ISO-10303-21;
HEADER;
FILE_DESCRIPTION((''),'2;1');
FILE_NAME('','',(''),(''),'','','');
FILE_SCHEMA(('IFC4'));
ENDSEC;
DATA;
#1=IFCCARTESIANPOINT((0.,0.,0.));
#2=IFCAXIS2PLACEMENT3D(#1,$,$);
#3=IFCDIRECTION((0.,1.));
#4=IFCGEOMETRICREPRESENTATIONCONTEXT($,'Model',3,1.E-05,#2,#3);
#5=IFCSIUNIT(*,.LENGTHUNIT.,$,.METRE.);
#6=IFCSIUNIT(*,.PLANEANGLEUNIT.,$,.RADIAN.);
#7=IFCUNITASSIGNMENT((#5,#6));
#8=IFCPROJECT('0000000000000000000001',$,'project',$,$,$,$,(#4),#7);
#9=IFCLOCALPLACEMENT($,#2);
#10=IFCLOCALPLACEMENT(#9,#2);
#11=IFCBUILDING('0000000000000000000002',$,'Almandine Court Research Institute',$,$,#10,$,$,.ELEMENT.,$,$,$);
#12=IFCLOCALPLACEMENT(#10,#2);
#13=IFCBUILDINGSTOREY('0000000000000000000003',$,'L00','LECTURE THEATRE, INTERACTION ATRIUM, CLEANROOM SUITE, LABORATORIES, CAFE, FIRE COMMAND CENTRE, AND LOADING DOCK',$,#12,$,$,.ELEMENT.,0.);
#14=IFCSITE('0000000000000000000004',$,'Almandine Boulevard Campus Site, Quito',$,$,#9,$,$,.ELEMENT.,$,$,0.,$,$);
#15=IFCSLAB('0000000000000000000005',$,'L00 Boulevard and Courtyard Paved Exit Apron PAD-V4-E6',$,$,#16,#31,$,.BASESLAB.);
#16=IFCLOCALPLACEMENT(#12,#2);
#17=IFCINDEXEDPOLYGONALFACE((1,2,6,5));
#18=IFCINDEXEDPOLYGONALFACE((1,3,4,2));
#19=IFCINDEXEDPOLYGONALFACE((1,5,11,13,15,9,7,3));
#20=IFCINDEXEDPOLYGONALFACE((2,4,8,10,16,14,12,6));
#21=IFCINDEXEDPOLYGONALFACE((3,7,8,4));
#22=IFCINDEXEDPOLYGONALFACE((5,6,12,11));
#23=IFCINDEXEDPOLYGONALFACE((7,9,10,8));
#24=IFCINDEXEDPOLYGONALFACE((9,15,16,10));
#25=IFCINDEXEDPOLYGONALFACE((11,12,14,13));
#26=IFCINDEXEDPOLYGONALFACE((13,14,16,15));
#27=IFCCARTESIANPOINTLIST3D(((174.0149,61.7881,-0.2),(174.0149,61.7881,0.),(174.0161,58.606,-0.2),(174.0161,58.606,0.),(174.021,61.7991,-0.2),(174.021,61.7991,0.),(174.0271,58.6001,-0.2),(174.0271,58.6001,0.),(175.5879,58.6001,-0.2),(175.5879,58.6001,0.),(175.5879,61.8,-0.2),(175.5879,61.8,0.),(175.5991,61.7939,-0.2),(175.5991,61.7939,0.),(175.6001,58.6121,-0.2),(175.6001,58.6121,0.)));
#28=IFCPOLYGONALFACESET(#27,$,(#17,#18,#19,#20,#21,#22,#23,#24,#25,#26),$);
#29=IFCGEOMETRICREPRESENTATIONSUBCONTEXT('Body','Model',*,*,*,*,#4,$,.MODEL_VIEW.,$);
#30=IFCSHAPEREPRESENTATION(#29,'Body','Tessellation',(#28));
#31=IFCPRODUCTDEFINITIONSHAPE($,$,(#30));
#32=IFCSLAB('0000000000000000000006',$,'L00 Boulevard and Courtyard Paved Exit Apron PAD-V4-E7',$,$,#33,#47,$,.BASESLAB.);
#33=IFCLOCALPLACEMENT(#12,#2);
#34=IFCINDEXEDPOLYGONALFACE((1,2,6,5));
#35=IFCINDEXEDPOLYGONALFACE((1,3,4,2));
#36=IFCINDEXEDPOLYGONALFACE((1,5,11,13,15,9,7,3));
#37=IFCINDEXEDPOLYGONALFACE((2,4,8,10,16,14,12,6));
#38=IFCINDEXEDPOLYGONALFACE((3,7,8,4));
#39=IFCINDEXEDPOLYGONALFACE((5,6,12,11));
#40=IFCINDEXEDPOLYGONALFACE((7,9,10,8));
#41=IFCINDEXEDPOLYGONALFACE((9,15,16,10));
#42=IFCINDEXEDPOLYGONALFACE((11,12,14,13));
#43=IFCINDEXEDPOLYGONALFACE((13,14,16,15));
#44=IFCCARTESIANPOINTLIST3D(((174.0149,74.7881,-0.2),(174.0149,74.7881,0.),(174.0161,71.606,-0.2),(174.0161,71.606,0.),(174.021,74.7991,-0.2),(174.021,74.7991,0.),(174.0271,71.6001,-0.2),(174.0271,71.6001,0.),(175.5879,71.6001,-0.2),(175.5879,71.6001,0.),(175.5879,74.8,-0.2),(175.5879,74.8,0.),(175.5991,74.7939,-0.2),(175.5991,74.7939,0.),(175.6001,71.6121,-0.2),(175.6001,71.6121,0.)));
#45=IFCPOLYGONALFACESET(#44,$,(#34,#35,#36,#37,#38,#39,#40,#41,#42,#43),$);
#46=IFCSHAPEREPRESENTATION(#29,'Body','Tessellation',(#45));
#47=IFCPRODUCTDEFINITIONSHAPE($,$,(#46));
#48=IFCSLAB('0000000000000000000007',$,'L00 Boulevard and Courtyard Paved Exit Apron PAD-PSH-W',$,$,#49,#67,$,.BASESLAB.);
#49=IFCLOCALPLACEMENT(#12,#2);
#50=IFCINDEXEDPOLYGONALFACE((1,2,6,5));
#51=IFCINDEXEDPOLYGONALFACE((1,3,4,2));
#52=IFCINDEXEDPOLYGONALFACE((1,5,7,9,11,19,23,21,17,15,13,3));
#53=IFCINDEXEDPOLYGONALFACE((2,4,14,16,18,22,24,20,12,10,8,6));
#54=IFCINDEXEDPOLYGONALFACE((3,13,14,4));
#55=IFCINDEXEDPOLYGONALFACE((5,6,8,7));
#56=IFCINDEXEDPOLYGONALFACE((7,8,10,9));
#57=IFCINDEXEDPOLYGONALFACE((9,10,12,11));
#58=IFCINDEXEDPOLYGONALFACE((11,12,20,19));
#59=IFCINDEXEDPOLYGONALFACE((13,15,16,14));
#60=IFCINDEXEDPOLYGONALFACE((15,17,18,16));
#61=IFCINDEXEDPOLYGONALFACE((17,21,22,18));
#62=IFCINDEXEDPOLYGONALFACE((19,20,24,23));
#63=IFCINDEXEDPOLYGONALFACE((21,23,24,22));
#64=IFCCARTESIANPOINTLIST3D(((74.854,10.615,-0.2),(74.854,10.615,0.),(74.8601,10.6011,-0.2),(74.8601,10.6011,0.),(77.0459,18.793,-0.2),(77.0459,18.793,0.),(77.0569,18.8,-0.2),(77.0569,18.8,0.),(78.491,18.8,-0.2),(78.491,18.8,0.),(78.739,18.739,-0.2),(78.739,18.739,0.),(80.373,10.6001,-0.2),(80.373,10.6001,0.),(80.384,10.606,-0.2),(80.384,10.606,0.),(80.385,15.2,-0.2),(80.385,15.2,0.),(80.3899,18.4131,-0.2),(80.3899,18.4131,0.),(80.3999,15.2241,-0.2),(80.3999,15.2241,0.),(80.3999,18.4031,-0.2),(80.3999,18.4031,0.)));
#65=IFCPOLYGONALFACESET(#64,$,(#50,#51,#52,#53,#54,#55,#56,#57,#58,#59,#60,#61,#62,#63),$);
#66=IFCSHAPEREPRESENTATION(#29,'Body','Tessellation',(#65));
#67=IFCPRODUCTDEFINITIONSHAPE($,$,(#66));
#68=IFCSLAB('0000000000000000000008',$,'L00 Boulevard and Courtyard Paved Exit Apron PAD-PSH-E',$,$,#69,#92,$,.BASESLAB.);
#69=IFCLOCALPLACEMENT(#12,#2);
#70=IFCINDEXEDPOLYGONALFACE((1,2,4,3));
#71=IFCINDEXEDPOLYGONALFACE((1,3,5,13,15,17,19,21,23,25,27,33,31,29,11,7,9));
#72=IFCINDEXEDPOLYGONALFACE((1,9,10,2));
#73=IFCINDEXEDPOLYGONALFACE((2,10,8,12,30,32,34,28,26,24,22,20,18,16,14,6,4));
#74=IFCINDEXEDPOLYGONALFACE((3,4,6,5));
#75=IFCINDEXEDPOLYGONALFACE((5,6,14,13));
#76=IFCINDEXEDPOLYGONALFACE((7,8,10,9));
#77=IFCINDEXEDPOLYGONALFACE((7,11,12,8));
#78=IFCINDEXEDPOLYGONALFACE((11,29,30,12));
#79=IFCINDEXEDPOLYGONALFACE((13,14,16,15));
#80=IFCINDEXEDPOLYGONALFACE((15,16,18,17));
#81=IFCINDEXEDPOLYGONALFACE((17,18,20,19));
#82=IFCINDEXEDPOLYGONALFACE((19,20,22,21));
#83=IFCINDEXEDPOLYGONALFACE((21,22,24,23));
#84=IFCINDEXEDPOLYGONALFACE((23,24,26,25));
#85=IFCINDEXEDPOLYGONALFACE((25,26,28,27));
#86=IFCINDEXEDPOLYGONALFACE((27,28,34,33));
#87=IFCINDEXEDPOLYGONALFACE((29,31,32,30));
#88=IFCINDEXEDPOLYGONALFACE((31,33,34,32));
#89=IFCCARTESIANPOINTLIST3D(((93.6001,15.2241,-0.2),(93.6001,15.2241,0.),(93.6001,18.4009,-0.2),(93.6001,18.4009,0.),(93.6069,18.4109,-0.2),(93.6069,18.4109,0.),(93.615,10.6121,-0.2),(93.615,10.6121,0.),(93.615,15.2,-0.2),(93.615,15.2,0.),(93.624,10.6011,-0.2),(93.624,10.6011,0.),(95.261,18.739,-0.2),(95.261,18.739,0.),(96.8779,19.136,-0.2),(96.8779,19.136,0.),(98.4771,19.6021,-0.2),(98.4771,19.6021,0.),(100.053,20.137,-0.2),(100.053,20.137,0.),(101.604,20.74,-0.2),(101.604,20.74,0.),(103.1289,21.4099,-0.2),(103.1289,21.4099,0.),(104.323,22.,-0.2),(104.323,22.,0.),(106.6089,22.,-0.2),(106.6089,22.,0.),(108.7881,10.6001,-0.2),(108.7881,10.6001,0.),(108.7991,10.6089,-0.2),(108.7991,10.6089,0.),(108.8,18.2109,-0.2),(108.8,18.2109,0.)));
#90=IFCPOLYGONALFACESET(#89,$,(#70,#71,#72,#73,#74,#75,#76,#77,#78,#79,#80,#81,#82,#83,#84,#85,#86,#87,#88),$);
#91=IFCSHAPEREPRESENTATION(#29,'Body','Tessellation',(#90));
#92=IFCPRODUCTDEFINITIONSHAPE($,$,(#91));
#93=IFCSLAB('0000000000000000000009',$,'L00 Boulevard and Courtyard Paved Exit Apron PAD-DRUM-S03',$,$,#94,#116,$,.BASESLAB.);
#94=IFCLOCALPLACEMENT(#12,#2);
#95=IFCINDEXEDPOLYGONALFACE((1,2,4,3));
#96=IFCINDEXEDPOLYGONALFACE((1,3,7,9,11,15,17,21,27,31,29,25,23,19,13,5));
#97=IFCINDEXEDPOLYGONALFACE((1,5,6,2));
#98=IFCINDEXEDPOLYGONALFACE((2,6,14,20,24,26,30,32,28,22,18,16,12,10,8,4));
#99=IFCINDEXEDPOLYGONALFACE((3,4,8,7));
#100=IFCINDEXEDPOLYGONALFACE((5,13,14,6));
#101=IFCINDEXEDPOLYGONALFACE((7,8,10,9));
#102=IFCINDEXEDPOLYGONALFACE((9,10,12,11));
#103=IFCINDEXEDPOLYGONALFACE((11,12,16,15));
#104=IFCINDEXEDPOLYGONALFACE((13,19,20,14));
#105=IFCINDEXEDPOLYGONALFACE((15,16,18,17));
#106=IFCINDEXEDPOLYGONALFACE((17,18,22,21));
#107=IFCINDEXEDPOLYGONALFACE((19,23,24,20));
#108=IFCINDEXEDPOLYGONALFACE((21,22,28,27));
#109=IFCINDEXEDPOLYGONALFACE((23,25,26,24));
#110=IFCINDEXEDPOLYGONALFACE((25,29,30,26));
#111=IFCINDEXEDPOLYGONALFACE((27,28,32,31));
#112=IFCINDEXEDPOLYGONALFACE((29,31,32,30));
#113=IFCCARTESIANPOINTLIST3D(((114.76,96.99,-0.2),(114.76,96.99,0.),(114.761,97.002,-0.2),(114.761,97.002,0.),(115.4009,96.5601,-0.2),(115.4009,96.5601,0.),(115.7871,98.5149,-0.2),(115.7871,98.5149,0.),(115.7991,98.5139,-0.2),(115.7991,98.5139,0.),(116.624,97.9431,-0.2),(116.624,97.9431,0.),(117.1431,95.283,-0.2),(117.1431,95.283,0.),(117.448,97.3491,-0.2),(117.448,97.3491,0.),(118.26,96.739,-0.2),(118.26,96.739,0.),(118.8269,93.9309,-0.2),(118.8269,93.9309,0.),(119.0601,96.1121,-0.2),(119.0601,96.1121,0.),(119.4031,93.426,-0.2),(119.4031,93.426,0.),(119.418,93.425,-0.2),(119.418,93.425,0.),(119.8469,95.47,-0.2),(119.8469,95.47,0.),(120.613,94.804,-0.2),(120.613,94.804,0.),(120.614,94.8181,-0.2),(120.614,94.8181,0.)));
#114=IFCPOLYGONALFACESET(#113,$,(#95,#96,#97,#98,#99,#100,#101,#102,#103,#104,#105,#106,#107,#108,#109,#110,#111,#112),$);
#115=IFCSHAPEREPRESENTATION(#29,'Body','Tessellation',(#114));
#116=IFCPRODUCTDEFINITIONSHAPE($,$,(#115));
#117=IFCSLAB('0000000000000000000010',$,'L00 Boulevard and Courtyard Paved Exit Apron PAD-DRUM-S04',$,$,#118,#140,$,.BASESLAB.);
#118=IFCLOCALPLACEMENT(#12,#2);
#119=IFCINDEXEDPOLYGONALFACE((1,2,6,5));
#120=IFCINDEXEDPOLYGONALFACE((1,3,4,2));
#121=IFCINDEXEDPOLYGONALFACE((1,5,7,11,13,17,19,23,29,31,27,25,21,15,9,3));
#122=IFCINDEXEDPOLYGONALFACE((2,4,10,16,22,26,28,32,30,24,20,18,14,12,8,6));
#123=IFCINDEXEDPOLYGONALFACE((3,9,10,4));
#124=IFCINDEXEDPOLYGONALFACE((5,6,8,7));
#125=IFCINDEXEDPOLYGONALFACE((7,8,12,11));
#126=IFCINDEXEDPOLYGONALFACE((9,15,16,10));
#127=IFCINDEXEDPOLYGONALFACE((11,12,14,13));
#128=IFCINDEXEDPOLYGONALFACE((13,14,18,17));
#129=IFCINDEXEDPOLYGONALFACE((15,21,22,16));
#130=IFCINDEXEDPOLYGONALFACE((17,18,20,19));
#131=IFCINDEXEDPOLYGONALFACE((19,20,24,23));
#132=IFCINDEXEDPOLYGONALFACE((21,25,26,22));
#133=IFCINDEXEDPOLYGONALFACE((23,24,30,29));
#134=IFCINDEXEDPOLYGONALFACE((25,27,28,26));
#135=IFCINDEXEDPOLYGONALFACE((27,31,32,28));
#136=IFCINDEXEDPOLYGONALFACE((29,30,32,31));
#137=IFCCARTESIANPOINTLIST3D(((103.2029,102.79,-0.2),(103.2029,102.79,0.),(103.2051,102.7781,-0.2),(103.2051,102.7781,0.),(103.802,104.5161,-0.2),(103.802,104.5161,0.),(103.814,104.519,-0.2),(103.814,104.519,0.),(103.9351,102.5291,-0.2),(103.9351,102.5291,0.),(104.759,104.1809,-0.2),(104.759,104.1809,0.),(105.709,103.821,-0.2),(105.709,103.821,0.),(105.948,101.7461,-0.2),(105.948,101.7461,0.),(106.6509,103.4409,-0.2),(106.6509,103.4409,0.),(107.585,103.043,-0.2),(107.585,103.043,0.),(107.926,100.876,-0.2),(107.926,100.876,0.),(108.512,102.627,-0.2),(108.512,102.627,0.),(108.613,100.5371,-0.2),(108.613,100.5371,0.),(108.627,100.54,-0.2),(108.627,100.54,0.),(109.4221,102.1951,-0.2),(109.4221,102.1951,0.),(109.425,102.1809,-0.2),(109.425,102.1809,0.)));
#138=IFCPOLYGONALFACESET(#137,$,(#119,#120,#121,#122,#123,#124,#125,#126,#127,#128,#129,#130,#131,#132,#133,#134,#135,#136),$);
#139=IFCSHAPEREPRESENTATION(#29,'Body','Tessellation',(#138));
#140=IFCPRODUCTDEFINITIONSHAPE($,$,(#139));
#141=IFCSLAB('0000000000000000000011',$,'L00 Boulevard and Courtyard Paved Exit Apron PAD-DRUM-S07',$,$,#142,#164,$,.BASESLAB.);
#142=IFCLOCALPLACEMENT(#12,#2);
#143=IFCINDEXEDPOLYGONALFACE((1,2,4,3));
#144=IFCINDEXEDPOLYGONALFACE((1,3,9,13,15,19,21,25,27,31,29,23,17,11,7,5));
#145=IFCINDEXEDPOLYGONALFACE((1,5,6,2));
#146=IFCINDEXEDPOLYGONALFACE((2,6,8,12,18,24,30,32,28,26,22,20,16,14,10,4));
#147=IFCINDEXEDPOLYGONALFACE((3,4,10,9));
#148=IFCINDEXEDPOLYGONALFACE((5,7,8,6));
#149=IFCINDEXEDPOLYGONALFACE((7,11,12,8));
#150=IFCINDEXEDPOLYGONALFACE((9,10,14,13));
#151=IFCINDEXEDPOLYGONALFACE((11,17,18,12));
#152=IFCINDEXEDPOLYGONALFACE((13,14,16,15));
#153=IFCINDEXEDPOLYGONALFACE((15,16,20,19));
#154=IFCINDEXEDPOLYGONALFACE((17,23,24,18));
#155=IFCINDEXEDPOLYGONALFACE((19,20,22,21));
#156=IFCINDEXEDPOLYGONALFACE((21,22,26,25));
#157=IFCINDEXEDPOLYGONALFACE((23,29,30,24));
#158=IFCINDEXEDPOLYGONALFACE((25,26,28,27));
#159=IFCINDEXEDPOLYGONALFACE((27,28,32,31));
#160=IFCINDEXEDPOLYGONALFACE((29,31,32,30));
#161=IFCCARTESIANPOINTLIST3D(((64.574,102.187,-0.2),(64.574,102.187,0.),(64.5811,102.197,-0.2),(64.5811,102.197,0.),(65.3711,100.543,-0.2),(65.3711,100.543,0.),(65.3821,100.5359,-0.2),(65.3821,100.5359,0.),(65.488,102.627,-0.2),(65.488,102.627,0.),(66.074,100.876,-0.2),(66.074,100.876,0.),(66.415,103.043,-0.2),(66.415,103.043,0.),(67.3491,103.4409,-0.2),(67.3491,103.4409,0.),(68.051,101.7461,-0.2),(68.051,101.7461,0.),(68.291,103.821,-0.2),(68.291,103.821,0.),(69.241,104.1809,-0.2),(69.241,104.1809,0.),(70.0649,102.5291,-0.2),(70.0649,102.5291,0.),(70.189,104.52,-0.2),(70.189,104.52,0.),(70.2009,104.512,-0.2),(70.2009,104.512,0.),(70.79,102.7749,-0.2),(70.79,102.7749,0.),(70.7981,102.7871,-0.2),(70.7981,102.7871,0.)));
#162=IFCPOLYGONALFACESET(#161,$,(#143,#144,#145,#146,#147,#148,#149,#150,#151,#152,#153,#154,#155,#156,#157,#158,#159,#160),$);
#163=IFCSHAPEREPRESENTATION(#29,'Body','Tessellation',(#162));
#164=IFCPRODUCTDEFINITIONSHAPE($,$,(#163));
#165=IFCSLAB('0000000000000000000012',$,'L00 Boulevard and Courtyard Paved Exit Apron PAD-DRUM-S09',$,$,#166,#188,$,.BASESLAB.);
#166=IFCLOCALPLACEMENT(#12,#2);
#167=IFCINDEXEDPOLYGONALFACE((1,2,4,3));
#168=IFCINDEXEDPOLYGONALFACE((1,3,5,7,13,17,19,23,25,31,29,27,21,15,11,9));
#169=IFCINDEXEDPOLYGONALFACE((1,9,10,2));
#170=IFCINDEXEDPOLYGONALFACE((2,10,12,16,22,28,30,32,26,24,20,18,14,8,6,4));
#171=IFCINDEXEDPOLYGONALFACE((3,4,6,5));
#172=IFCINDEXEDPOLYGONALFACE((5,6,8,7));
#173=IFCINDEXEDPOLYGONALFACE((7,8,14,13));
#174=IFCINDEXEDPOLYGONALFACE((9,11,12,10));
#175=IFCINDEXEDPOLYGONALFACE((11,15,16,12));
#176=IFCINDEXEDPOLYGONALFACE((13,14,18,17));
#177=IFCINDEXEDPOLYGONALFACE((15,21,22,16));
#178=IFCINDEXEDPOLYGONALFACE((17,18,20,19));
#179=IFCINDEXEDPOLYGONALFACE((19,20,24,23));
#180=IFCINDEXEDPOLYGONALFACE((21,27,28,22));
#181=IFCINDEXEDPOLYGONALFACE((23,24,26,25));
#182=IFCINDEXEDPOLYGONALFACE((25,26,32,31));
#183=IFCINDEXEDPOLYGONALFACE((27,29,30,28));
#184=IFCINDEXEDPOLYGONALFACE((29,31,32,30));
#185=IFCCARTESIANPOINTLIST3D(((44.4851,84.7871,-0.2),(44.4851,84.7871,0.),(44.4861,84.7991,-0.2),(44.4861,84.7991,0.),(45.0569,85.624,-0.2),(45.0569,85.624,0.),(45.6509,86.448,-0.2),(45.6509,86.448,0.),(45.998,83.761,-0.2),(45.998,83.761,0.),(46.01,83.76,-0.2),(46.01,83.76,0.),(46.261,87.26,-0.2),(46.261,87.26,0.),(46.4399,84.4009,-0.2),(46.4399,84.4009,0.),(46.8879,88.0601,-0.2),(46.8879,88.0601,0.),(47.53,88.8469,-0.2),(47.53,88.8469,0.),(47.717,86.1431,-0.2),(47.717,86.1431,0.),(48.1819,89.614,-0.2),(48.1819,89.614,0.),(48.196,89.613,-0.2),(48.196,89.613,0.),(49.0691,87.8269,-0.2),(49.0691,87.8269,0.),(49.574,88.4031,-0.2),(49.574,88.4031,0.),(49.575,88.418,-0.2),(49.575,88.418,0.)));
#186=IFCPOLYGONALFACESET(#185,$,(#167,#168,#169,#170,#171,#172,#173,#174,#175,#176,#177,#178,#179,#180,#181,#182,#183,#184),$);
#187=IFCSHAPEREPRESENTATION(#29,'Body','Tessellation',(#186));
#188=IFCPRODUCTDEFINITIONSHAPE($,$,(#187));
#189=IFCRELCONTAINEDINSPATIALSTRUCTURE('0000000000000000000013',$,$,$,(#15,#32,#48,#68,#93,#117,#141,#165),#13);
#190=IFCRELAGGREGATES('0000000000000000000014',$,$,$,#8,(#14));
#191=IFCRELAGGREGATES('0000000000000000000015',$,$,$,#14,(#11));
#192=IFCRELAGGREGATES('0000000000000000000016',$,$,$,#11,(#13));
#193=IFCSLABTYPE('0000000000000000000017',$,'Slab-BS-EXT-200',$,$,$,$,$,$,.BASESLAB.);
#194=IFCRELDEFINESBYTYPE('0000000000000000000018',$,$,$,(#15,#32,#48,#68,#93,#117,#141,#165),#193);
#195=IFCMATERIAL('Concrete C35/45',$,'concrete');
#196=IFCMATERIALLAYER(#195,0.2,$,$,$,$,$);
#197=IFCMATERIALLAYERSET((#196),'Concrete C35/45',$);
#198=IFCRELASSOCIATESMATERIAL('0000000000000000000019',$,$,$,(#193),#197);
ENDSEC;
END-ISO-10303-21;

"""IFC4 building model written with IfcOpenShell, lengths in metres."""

from ifc_helpers import new_model, si_unit, direction, frame, origin, place, context, subcontext, project, spatial, polyline, outline, extrude, material, layer, layer_set, type_object, element, save


model = new_model("IFC4")

# Units and contexts
model_context = context("Model", 3, precision=1e-05, world=origin(), true_north=direction((0.0, 1.0)))
body_context = subcontext(model_context, "Body", "Model", "MODEL_VIEW")
ifc_project = project(units=[si_unit("LENGTHUNIT", "METRE"), si_unit("PLANEANGLEUNIT", "RADIAN")], contexts=[model_context])

# Site, building, storey
site_placement = place(None, origin())
site = spatial("IfcSite", under=ifc_project, at=site_placement, Name="Almandine Boulevard Campus Site, Quito", CompositionType="ELEMENT", RefElevation=0.0)
building_placement = place(site_placement, origin())
building = spatial("IfcBuilding", under=site, at=building_placement, Name="Almandine Court Research Institute", CompositionType="ELEMENT")
storey_placement = place(building_placement, origin())
storey = spatial("IfcBuildingStorey", under=building, at=storey_placement, Name="L00", Description="LECTURE THEATRE, INTERACTION ATRIUM, CLEANROOM SUITE, LABORATORIES, CAFE, FIRE COMMAND CENTRE, AND LOADING DOCK", CompositionType="ELEMENT", Elevation=0.0)

# Slabs
ifc_material = material(Name="Concrete C35/45", Category="concrete")
ifc_layer_1 = layer(ifc_material, 0.2)
ifc_layer_set_1 = layer_set([ifc_layer_1], Name="Concrete C35/45")
slab_type_1 = type_object("IfcSlabType", Name="Slab-BS-EXT-200", PredefinedType="BASESLAB", material=ifc_layer_set_1)
slab_1_placement = place(storey_placement, frame((0.0, 0.0, -0.2)))
element("IfcSlab", 1, at=slab_1_placement, inside=storey, type_object=slab_type_1, Name="L00 Boulevard and Courtyard Paved Exit Apron PAD-V4-E6", PredefinedType="BASESLAB", context=body_context, shape_type="SweptSolid", body=[
    extrude(outline(polyline([(175.6001, 58.6121), (175.5879, 58.6001), (174.0271, 58.6001), (174.0161, 58.606), (174.0149, 61.7881), (174.021, 61.7991), (175.5879, 61.8), (175.5991, 61.7939), (175.6001, 58.6121)])), origin(), (0.0, 0.0, 1.0), 0.2),
])
slab_2_placement = place(storey_placement, frame((0.0, 0.0, -0.2)))
element("IfcSlab", 2, at=slab_2_placement, inside=storey, type_object=slab_type_1, Name="L00 Boulevard and Courtyard Paved Exit Apron PAD-V4-E7", PredefinedType="BASESLAB", context=body_context, shape_type="SweptSolid", body=[
    extrude(outline(polyline([(175.6001, 71.6121), (175.5879, 71.6001), (174.0271, 71.6001), (174.0161, 71.606), (174.0149, 74.7881), (174.021, 74.7991), (175.5879, 74.8), (175.5991, 74.7939), (175.6001, 71.6121)])), origin(), (0.0, 0.0, 1.0), 0.2),
])
slab_3_placement = place(storey_placement, frame((0.0, 0.0, -0.2)))
element("IfcSlab", 3, at=slab_3_placement, inside=storey, type_object=slab_type_1, Name="L00 Boulevard and Courtyard Paved Exit Apron PAD-PSH-W", PredefinedType="BASESLAB", context=body_context, shape_type="SweptSolid", body=[
    extrude(outline(polyline([(78.739, 18.739), (80.3899, 18.4131), (80.3999, 18.4031), (80.3999, 15.2241), (80.385, 15.2), (80.384, 10.606), (80.373, 10.6001), (74.8601, 10.6011), (74.854, 10.615), (77.0459, 18.793), (77.0569, 18.8), (78.491, 18.8), (78.739, 18.739)])), origin(), (0.0, 0.0, 1.0), 0.2),
])
slab_4_placement = place(storey_placement, frame((0.0, 0.0, -0.2)))
element("IfcSlab", 4, at=slab_4_placement, inside=storey, type_object=slab_type_1, Name="L00 Boulevard and Courtyard Paved Exit Apron PAD-PSH-E", PredefinedType="BASESLAB", context=body_context, shape_type="SweptSolid", body=[
    extrude(outline(polyline([(93.615, 15.2), (93.6001, 15.2241), (93.6001, 18.4009), (93.6069, 18.4109), (95.261, 18.739), (96.8779, 19.136), (98.4771, 19.6021), (100.053, 20.137), (101.604, 20.74), (103.1289, 21.4099), (104.323, 22.0), (106.6089, 22.0), (108.8, 18.2109), (108.7991, 10.6089), (108.7881, 10.6001), (93.624, 10.6011), (93.615, 10.6121), (93.615, 15.2)])), origin(), (0.0, 0.0, 1.0), 0.2),
])
slab_5_placement = place(storey_placement, frame((0.0, 0.0, -0.2)))
element("IfcSlab", 5, at=slab_5_placement, inside=storey, type_object=slab_type_1, Name="L00 Boulevard and Courtyard Paved Exit Apron PAD-DRUM-S03", PredefinedType="BASESLAB", context=body_context, shape_type="SweptSolid", body=[
    extrude(outline(polyline([(116.624, 97.9431), (117.448, 97.3491), (118.26, 96.739), (119.0601, 96.1121), (119.8469, 95.47), (120.614, 94.8181), (120.613, 94.804), (119.418, 93.425), (119.4031, 93.426), (118.8269, 93.9309), (117.1431, 95.283), (115.4009, 96.5601), (114.76, 96.99), (114.761, 97.002), (115.7871, 98.5149), (115.7991, 98.5139), (116.624, 97.9431)])), origin(), (0.0, 0.0, 1.0), 0.2),
])
slab_6_placement = place(storey_placement, frame((0.0, 0.0, -0.2)))
element("IfcSlab", 6, at=slab_6_placement, inside=storey, type_object=slab_type_1, Name="L00 Boulevard and Courtyard Paved Exit Apron PAD-DRUM-S04", PredefinedType="BASESLAB", context=body_context, shape_type="SweptSolid", body=[
    extrude(outline(polyline([(104.759, 104.1809), (105.709, 103.821), (106.6509, 103.4409), (107.585, 103.043), (108.512, 102.627), (109.4221, 102.1951), (109.425, 102.1809), (108.627, 100.54), (108.613, 100.5371), (107.926, 100.876), (105.948, 101.7461), (103.9351, 102.5291), (103.2051, 102.7781), (103.2029, 102.79), (103.802, 104.5161), (103.814, 104.519), (104.759, 104.1809)])), origin(), (0.0, 0.0, 1.0), 0.2),
])
slab_7_placement = place(storey_placement, frame((0.0, 0.0, -0.2)))
element("IfcSlab", 7, at=slab_7_placement, inside=storey, type_object=slab_type_1, Name="L00 Boulevard and Courtyard Paved Exit Apron PAD-DRUM-S07", PredefinedType="BASESLAB", context=body_context, shape_type="SweptSolid", body=[
    extrude(outline(polyline([(65.488, 102.627), (66.415, 103.043), (67.3491, 103.4409), (68.291, 103.821), (69.241, 104.1809), (70.189, 104.52), (70.2009, 104.512), (70.7981, 102.7871), (70.79, 102.7749), (70.0649, 102.5291), (68.051, 101.7461), (66.074, 100.876), (65.3821, 100.5359), (65.3711, 100.543), (64.574, 102.187), (64.5811, 102.197), (65.488, 102.627)])), origin(), (0.0, 0.0, 1.0), 0.2),
])
slab_8_placement = place(storey_placement, frame((0.0, 0.0, -0.2)))
element("IfcSlab", 8, at=slab_8_placement, inside=storey, type_object=slab_type_1, Name="L00 Boulevard and Courtyard Paved Exit Apron PAD-DRUM-S09", PredefinedType="BASESLAB", context=body_context, shape_type="SweptSolid", body=[
    extrude(outline(polyline([(45.0569, 85.624), (45.6509, 86.448), (46.261, 87.26), (46.8879, 88.0601), (47.53, 88.8469), (48.1819, 89.614), (48.196, 89.613), (49.575, 88.418), (49.574, 88.4031), (49.0691, 87.8269), (47.717, 86.1431), (46.4399, 84.4009), (46.01, 83.76), (45.998, 83.761), (44.4851, 84.7871), (44.4861, 84.7991), (45.0569, 85.624)])), origin(), (0.0, 0.0, 1.0), 0.2),
])

save(model, "model.ifc")
